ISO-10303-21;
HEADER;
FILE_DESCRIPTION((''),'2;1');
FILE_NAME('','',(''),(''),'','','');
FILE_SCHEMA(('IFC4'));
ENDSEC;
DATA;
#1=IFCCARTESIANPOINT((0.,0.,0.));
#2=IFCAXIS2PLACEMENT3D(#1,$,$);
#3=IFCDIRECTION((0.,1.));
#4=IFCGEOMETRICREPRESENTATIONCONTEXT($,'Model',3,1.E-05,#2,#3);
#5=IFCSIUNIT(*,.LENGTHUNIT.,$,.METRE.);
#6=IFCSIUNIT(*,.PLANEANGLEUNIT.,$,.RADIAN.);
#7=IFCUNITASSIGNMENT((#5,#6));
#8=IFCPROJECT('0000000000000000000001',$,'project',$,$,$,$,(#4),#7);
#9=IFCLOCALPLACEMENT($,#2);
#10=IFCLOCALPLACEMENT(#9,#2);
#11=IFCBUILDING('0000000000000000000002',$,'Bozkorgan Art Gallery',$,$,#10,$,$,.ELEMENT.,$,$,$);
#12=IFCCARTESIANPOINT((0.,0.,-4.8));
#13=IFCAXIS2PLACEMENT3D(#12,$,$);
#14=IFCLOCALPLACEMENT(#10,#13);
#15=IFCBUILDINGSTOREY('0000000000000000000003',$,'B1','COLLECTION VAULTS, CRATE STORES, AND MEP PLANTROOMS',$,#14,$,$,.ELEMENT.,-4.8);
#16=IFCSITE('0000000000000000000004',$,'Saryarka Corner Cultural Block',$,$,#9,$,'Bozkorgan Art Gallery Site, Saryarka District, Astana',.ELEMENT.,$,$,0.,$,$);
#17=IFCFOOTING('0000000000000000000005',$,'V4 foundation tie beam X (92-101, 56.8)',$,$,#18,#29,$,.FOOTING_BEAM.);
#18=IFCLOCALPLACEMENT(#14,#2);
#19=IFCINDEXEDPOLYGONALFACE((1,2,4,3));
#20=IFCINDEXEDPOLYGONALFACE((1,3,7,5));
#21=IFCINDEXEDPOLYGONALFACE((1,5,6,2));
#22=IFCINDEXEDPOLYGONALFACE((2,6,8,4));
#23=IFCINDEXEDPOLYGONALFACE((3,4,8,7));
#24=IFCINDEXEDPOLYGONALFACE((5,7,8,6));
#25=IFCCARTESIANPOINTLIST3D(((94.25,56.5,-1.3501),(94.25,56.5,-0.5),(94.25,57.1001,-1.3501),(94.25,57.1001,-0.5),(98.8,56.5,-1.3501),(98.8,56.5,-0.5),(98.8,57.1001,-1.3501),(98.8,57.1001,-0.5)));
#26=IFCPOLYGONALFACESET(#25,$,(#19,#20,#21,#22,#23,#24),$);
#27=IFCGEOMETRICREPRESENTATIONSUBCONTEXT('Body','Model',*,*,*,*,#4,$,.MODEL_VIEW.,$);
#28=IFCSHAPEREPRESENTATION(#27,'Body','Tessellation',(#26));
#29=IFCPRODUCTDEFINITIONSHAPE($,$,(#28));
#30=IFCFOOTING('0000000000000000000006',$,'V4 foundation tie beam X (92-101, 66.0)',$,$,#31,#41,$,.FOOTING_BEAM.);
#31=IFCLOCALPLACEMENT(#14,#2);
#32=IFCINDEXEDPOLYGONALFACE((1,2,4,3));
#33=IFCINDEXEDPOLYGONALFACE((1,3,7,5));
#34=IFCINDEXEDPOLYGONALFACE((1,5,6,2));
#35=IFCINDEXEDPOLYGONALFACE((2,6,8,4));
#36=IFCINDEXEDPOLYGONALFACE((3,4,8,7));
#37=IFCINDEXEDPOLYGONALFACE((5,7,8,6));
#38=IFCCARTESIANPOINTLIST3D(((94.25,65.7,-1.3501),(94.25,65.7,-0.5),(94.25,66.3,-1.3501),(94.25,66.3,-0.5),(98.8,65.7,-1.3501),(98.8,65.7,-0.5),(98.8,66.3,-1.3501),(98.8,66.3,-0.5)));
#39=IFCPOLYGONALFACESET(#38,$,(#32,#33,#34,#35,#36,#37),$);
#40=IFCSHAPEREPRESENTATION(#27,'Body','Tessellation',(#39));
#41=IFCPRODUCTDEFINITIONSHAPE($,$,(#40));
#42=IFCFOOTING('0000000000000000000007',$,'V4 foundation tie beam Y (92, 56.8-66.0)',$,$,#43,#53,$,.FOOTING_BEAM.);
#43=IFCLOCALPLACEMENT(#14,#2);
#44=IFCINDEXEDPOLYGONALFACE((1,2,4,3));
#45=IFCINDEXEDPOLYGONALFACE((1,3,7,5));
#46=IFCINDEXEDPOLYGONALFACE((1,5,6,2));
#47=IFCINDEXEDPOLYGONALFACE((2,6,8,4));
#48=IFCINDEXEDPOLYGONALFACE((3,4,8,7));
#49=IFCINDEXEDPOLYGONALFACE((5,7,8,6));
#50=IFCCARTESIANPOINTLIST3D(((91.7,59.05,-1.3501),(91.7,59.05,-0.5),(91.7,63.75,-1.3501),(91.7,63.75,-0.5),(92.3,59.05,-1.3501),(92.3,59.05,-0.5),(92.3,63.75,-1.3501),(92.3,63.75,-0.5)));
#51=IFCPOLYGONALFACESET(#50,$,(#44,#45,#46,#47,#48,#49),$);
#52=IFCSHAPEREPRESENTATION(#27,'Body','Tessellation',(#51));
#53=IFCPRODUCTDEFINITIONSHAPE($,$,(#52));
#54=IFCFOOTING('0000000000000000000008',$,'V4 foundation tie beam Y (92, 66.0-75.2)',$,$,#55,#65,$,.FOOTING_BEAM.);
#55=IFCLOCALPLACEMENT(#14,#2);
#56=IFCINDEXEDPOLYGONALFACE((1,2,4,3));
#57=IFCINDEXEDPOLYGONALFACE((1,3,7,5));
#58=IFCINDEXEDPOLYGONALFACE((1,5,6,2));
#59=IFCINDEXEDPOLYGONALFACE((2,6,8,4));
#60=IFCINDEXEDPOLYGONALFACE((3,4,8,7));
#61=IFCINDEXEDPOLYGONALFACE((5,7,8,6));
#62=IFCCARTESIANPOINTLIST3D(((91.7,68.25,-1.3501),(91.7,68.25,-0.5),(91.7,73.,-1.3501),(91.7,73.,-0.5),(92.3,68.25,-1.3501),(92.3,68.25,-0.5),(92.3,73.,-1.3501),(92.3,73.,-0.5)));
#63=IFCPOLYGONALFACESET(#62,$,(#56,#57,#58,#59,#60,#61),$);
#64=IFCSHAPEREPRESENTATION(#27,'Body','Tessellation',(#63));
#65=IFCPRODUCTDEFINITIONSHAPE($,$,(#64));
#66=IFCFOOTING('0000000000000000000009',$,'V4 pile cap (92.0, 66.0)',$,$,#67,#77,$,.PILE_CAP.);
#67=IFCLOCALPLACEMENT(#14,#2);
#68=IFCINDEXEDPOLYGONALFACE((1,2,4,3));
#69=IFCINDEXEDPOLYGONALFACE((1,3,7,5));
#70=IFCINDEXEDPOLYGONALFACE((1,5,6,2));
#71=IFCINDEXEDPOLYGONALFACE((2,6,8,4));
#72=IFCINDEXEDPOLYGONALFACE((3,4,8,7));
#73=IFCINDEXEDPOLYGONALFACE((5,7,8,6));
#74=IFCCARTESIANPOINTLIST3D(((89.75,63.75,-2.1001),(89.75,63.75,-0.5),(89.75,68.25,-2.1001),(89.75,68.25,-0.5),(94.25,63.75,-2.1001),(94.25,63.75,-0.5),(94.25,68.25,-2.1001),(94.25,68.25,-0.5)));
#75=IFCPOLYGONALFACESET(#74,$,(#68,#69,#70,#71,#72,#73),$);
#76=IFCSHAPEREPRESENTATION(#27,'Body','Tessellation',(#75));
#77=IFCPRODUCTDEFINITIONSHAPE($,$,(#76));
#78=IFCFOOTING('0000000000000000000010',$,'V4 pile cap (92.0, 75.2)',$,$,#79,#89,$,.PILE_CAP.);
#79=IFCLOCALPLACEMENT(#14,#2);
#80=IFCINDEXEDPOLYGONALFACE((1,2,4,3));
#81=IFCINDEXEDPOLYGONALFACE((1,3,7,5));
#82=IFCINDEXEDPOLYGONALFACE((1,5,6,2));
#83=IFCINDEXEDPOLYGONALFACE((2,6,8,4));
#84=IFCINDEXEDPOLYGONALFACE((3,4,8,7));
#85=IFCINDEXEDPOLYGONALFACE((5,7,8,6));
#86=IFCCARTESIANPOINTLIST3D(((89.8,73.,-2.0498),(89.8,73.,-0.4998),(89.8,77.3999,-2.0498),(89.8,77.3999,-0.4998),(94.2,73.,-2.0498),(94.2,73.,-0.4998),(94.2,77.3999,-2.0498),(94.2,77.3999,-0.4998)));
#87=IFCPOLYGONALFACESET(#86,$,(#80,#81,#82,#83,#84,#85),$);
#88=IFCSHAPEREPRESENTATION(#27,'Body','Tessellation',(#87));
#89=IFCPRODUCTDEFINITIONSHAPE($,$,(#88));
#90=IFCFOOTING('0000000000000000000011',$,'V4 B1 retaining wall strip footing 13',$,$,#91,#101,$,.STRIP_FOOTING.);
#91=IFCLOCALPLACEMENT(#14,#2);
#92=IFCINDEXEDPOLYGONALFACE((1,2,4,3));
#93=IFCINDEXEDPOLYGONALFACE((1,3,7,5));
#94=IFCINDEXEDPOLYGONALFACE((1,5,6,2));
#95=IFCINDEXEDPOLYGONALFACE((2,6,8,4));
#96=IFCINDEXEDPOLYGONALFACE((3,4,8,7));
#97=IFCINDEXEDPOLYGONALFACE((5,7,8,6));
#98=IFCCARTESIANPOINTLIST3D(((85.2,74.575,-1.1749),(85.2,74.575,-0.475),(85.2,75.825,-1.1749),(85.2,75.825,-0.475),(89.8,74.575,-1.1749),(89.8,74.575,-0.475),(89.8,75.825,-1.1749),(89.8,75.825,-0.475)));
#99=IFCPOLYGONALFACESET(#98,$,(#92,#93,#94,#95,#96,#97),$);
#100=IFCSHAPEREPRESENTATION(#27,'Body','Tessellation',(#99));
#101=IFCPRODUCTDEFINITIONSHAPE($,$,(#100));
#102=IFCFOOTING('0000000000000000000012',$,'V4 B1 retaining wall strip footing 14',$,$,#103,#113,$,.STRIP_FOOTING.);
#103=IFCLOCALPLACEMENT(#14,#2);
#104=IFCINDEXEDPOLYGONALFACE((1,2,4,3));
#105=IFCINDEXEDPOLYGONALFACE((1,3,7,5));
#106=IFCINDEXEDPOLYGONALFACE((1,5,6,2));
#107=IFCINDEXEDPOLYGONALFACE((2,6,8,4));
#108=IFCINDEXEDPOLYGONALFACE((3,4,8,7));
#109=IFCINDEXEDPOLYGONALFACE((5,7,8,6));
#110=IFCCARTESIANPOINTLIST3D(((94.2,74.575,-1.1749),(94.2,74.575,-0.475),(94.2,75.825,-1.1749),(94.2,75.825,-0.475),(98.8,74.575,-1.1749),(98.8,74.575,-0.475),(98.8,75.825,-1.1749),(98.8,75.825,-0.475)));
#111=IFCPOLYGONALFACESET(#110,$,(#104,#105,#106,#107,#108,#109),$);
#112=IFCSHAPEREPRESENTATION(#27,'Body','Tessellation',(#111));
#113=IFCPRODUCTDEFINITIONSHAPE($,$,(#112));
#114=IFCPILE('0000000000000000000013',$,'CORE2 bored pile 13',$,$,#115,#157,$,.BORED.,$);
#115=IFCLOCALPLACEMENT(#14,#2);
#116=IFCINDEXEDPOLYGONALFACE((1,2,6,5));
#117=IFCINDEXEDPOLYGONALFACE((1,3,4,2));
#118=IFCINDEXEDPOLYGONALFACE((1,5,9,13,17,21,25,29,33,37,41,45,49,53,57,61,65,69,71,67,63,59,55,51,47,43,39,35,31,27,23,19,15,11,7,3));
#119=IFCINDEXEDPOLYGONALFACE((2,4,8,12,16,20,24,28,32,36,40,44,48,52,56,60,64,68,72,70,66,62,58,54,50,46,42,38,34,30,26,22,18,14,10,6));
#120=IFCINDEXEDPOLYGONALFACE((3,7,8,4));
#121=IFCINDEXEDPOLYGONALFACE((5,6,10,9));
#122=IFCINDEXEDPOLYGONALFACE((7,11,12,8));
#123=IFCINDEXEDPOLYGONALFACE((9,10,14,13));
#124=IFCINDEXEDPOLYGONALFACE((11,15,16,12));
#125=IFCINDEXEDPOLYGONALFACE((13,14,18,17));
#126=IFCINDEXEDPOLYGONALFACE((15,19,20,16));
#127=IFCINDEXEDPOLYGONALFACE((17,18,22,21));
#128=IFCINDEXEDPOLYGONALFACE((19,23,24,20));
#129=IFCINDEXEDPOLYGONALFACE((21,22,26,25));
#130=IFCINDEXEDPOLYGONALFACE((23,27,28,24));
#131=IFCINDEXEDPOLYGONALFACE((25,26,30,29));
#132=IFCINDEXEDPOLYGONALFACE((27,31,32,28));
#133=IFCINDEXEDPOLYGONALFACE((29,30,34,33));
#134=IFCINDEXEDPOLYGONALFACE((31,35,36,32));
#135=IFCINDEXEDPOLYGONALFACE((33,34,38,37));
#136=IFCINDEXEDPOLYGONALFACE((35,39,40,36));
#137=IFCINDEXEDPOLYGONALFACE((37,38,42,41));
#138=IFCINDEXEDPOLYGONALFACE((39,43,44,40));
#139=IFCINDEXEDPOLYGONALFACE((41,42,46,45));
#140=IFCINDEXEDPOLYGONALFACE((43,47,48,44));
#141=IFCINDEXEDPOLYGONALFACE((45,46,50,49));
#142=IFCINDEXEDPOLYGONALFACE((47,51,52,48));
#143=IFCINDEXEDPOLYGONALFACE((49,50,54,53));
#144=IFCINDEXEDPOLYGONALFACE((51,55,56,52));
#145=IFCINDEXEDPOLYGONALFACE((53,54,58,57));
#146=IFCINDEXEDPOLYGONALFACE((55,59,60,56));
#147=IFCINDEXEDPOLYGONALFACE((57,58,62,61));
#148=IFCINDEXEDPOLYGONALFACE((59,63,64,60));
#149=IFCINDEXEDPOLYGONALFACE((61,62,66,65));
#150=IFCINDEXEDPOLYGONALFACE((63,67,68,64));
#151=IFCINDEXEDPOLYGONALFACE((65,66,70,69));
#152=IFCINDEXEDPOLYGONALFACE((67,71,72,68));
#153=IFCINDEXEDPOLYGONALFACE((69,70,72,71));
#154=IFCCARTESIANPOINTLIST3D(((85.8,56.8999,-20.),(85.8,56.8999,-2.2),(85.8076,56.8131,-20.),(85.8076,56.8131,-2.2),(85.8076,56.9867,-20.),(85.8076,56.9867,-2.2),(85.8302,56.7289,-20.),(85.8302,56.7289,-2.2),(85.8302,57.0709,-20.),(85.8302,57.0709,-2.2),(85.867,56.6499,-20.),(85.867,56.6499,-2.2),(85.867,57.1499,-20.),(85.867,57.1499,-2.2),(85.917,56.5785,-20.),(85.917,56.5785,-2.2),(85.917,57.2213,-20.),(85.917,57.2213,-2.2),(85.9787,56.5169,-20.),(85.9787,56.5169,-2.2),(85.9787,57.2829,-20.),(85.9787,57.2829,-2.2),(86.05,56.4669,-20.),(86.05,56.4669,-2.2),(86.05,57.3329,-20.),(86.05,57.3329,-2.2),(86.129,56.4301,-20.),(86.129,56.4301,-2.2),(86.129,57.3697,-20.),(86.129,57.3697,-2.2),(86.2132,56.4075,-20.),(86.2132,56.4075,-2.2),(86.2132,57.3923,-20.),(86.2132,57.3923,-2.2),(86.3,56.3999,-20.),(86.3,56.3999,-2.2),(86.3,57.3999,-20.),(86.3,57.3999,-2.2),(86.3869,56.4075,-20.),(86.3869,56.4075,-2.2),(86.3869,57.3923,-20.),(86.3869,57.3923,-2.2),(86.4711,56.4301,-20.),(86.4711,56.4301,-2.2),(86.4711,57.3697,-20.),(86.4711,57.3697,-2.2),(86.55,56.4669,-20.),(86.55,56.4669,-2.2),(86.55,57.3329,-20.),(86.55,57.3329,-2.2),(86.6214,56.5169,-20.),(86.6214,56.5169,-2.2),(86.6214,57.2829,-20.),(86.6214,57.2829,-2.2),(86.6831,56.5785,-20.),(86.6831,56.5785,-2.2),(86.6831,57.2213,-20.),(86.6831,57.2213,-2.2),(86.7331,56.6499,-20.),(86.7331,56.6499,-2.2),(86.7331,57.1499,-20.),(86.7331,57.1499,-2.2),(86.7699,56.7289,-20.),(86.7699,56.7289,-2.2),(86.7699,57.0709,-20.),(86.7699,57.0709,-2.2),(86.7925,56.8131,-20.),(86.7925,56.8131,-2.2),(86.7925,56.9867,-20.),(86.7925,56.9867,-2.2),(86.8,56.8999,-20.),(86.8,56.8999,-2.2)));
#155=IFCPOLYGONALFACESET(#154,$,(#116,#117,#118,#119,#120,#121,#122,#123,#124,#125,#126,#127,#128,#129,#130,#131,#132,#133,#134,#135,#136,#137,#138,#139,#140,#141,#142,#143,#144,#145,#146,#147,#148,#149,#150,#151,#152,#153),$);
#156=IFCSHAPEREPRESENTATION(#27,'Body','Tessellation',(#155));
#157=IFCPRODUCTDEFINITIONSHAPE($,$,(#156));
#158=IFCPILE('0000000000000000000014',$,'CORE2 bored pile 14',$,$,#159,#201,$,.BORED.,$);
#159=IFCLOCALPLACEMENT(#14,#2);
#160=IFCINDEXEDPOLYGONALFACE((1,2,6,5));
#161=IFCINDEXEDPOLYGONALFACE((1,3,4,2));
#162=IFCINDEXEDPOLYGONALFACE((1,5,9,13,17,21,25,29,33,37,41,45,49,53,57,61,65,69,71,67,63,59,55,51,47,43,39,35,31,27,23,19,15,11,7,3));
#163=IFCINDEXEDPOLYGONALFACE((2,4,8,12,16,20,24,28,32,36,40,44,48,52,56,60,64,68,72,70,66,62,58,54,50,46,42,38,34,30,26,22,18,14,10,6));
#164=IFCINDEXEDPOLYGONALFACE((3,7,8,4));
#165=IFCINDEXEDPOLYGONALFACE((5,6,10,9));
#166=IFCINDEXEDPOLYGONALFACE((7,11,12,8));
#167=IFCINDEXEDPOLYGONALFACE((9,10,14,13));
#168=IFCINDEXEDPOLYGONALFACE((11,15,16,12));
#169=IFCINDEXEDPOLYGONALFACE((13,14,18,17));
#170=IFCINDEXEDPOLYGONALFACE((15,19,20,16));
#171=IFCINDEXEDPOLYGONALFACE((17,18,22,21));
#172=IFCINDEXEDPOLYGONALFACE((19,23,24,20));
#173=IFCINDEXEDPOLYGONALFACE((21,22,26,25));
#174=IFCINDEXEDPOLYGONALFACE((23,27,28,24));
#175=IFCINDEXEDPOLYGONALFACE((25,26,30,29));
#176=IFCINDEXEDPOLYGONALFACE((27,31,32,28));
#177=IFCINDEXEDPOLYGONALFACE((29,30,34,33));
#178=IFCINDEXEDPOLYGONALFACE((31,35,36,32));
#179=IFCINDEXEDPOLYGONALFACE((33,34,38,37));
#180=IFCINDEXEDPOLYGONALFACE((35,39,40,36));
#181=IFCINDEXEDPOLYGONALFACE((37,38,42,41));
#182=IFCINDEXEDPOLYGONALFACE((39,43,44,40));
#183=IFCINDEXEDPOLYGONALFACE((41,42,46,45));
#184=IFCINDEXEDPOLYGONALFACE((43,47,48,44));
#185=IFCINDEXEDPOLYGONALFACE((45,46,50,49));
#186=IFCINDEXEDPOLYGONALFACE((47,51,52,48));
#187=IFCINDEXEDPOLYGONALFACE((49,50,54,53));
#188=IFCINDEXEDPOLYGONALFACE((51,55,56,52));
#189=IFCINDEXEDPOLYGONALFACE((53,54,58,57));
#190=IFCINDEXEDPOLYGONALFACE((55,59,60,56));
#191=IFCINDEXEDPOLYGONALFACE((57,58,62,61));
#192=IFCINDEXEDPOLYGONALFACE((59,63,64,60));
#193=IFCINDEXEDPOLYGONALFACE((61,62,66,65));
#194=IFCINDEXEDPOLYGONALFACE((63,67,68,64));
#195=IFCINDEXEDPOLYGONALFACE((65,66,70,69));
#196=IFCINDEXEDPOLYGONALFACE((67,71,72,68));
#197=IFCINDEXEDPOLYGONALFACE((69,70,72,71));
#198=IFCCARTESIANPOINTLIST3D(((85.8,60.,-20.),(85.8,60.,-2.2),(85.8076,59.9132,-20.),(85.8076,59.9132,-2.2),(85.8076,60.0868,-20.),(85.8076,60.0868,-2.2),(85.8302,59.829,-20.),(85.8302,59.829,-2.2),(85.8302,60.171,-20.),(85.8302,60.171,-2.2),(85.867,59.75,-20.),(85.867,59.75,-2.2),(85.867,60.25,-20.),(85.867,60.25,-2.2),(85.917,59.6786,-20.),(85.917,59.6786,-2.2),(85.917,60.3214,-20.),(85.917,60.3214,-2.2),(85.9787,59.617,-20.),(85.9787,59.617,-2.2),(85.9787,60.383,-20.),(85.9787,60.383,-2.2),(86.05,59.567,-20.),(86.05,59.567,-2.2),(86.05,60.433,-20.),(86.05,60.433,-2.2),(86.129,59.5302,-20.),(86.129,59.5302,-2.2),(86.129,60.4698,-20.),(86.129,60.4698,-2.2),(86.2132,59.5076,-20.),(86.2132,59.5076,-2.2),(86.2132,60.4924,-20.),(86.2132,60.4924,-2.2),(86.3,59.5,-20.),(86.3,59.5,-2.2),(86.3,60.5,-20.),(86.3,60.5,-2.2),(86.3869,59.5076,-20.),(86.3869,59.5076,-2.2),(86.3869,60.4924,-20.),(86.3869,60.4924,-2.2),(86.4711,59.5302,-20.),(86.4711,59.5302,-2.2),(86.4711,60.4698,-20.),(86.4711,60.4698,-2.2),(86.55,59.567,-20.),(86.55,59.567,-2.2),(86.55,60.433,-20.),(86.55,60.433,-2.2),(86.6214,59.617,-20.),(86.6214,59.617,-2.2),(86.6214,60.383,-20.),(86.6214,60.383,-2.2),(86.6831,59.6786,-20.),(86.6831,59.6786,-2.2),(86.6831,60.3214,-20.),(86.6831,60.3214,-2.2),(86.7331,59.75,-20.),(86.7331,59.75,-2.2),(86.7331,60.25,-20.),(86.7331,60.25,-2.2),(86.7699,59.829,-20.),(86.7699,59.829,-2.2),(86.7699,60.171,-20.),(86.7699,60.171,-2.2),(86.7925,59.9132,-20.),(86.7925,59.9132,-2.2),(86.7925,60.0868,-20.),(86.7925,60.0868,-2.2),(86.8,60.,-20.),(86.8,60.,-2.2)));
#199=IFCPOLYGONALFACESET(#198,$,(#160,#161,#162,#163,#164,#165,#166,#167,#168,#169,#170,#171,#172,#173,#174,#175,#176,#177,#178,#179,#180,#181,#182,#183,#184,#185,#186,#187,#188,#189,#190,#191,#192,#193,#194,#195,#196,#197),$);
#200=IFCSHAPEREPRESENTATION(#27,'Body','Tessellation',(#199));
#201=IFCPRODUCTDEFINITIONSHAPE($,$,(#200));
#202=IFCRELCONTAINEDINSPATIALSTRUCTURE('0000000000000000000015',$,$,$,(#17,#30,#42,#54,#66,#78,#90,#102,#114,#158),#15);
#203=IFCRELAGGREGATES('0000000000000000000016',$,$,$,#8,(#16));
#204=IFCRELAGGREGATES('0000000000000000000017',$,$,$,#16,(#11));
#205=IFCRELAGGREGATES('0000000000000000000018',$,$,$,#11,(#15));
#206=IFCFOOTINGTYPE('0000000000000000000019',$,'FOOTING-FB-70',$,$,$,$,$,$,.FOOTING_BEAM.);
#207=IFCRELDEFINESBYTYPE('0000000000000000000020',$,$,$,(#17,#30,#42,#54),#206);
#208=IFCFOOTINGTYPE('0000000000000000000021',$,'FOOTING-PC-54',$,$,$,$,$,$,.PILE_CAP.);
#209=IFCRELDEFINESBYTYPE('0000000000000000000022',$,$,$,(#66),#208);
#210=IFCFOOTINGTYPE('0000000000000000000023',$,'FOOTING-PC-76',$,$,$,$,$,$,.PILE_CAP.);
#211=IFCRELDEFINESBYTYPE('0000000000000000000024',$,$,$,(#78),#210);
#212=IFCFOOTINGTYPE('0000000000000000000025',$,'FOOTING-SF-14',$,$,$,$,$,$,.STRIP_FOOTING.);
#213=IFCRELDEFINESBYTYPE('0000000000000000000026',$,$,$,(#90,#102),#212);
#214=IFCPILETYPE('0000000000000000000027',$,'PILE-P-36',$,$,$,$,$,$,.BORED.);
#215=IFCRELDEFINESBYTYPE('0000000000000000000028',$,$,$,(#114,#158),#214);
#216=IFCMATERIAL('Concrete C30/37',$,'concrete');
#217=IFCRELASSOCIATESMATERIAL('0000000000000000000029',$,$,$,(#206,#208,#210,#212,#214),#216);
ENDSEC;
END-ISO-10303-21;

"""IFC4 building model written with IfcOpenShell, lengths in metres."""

from ifc_helpers import new_model, si_unit, direction, frame, origin, origin_2d, place, context, subcontext, project, spatial, rectangle, circle, extrude, material, material_profile, profile_set, type_object, element, save


model = new_model("IFC4")

# Units and contexts
model_context = context("Model", 3, precision=1e-05, world=origin(), true_north=direction((0.0, 1.0)))
body_context = subcontext(model_context, "Body", "Model", "MODEL_VIEW")
ifc_project = project(units=[si_unit("LENGTHUNIT", "METRE"), si_unit("PLANEANGLEUNIT", "RADIAN")], contexts=[model_context])

# Site, building, storey
site_placement = place(None, origin())
site = spatial("IfcSite", under=ifc_project, at=site_placement, Name="Saryarka Corner Cultural Block", LongName="Bozkorgan Art Gallery Site, Saryarka District, Astana", CompositionType="ELEMENT", RefElevation=0.0)
building_placement = place(site_placement, origin())
building = spatial("IfcBuilding", under=site, at=building_placement, Name="Bozkorgan Art Gallery", CompositionType="ELEMENT")
storey_placement = place(building_placement, frame((0.0, 0.0, -4.8)))
storey = spatial("IfcBuildingStorey", under=building, at=storey_placement, Name="B1", Description="COLLECTION VAULTS, CRATE STORES, AND MEP PLANTROOMS", CompositionType="ELEMENT", Elevation=-4.8)

# Footings
ifc_material_1 = material(Name="Concrete C30/37", Category="concrete")
ifc_material_profile_1 = material_profile(ifc_material_1, rectangle(XDim=0.6001, YDim=0.8501, at=origin_2d()), Name="FND 600x850")
ifc_profile_set_1 = profile_set([ifc_material_profile_1], Name="Concrete C30/37")
footing_type_1 = type_object("IfcFootingType", Name="FOOTING-FB-70", PredefinedType="FOOTING_BEAM", material=ifc_profile_set_1)
for number, where, z_axis, x_axis, name in (
    (1, (94.25, 56.8, -0.925), (1.0, 0.0, 0.0), (0.0, 1.0, 0.0), "V4 foundation tie beam X (92-101, 56.8)"),
    (2, (94.25, 66.0, -0.925), (1.0, 0.0, 0.0), (0.0, 1.0, 0.0), "V4 foundation tie beam X (92-101, 66.0)"),
):
    element("IfcFooting", number, at=place(storey_placement, frame(where, z_axis=z_axis, x_axis=x_axis)), inside=storey, type_object=footing_type_1, Name=name, PredefinedType="FOOTING_BEAM", context=body_context, shape_type="SweptSolid", body=[
        extrude(rectangle(XDim=0.6001, YDim=0.8501, at=origin_2d()), origin(), (0.0, 0.0, 1.0), 4.55),
    ])
footing_1_placement = place(storey_placement, frame((92.0, 59.05, -0.925), z_axis=(0.0, 1.0, 0.0), x_axis=(-1.0, 0.0, 0.0)))
element("IfcFooting", 3, at=footing_1_placement, inside=storey, type_object=footing_type_1, Name="V4 foundation tie beam Y (92, 56.8-66.0)", PredefinedType="FOOTING_BEAM", context=body_context, shape_type="SweptSolid", body=[
    extrude(rectangle(XDim=0.6001, YDim=0.8501, at=origin_2d()), origin(), (0.0, 0.0, 1.0), 4.7),
])
footing_2_placement = place(storey_placement, frame((92.0, 68.25, -0.925), z_axis=(0.0, 1.0, 0.0), x_axis=(-1.0, 0.0, 0.0)))
element("IfcFooting", 4, at=footing_2_placement, inside=storey, type_object=footing_type_1, Name="V4 foundation tie beam Y (92, 66.0-75.2)", PredefinedType="FOOTING_BEAM", context=body_context, shape_type="SweptSolid", body=[
    extrude(rectangle(XDim=0.6001, YDim=0.8501, at=origin_2d()), origin(), (0.0, 0.0, 1.0), 4.75),
])
footing_type_2 = type_object("IfcFootingType", Name="FOOTING-PC-54", PredefinedType="PILE_CAP", material=ifc_material_1)
footing_3_placement = place(storey_placement, frame((92.0, 66.0, -2.1001), z_axis=(0.0, 0.0, 1.0), x_axis=(1.0, 0.0, 0.0)))
element("IfcFooting", 5, at=footing_3_placement, inside=storey, type_object=footing_type_2, Name="V4 pile cap (92.0, 66.0)", PredefinedType="PILE_CAP", context=body_context, shape_type="SweptSolid", body=[
    extrude(rectangle(XDim=4.5, YDim=4.5, at=origin_2d()), origin(), (0.0, 0.0, 1.0), 1.6001),
])
footing_type_3 = type_object("IfcFootingType", Name="FOOTING-PC-76", PredefinedType="PILE_CAP", material=ifc_material_1)
footing_4_placement = place(storey_placement, frame((92.0, 75.2, -2.0498), z_axis=(0.0, 0.0, 1.0), x_axis=(1.0, 0.0, 0.0)))
element("IfcFooting", 6, at=footing_4_placement, inside=storey, type_object=footing_type_3, Name="V4 pile cap (92.0, 75.2)", PredefinedType="PILE_CAP", context=body_context, shape_type="SweptSolid", body=[
    extrude(rectangle(XDim=4.3999, YDim=4.3999, at=origin_2d()), origin(), (0.0, 0.0, 1.0), 1.55),
])
ifc_material_profile_2 = material_profile(ifc_material_1, rectangle(XDim=1.25, YDim=0.7, at=origin_2d()), Name="FND 1250x700")
ifc_profile_set_2 = profile_set([ifc_material_profile_2], Name="Concrete C30/37")
footing_type_4 = type_object("IfcFootingType", Name="FOOTING-SF-14", PredefinedType="STRIP_FOOTING", material=ifc_profile_set_2)
for number, where, z_axis, x_axis, name in (
    (7, (85.2, 75.2, -0.825), (1.0, 0.0, 0.0), (0.0, 1.0, 0.0), "V4 B1 retaining wall strip footing 13"),
    (8, (94.2, 75.2, -0.825), (1.0, 0.0, 0.0), (0.0, 1.0, 0.0), "V4 B1 retaining wall strip footing 14"),
):
    element("IfcFooting", number, at=place(storey_placement, frame(where, z_axis=z_axis, x_axis=x_axis)), inside=storey, type_object=footing_type_4, Name=name, PredefinedType="STRIP_FOOTING", context=body_context, shape_type="SweptSolid", body=[
        extrude(rectangle(XDim=1.25, YDim=0.7, at=origin_2d()), origin(), (0.0, 0.0, 1.0), 4.6001),
    ])

# Piles
ifc_material_profile_3 = material_profile(ifc_material_1, circle(Radius=0.5, at=origin_2d()), Name="PILE D1000")
ifc_profile_set_3 = profile_set([ifc_material_profile_3], Name="Concrete C30/37")
pile_type = type_object("IfcPileType", Name="PILE-P-36", PredefinedType="BORED", material=ifc_profile_set_3)
for number, where, z_axis, x_axis, name in (
    (9, (86.3, 56.8999, -2.2), (0.0, 0.0, -1.0), (1.0, 0.0, 0.0), "CORE2 bored pile 13"),
    (10, (86.3, 60.0, -2.2), (0.0, 0.0, -1.0), (1.0, 0.0, 0.0), "CORE2 bored pile 14"),
):
    element("IfcPile", number, at=place(storey_placement, frame(where, z_axis=z_axis, x_axis=x_axis)), inside=storey, type_object=pile_type, Name=name, PredefinedType="BORED", context=body_context, shape_type="SweptSolid", body=[
        extrude(circle(Radius=0.5, at=origin_2d()), origin(), (0.0, 0.0, 1.0), 17.8),
    ])

save(model, "model.ifc")
